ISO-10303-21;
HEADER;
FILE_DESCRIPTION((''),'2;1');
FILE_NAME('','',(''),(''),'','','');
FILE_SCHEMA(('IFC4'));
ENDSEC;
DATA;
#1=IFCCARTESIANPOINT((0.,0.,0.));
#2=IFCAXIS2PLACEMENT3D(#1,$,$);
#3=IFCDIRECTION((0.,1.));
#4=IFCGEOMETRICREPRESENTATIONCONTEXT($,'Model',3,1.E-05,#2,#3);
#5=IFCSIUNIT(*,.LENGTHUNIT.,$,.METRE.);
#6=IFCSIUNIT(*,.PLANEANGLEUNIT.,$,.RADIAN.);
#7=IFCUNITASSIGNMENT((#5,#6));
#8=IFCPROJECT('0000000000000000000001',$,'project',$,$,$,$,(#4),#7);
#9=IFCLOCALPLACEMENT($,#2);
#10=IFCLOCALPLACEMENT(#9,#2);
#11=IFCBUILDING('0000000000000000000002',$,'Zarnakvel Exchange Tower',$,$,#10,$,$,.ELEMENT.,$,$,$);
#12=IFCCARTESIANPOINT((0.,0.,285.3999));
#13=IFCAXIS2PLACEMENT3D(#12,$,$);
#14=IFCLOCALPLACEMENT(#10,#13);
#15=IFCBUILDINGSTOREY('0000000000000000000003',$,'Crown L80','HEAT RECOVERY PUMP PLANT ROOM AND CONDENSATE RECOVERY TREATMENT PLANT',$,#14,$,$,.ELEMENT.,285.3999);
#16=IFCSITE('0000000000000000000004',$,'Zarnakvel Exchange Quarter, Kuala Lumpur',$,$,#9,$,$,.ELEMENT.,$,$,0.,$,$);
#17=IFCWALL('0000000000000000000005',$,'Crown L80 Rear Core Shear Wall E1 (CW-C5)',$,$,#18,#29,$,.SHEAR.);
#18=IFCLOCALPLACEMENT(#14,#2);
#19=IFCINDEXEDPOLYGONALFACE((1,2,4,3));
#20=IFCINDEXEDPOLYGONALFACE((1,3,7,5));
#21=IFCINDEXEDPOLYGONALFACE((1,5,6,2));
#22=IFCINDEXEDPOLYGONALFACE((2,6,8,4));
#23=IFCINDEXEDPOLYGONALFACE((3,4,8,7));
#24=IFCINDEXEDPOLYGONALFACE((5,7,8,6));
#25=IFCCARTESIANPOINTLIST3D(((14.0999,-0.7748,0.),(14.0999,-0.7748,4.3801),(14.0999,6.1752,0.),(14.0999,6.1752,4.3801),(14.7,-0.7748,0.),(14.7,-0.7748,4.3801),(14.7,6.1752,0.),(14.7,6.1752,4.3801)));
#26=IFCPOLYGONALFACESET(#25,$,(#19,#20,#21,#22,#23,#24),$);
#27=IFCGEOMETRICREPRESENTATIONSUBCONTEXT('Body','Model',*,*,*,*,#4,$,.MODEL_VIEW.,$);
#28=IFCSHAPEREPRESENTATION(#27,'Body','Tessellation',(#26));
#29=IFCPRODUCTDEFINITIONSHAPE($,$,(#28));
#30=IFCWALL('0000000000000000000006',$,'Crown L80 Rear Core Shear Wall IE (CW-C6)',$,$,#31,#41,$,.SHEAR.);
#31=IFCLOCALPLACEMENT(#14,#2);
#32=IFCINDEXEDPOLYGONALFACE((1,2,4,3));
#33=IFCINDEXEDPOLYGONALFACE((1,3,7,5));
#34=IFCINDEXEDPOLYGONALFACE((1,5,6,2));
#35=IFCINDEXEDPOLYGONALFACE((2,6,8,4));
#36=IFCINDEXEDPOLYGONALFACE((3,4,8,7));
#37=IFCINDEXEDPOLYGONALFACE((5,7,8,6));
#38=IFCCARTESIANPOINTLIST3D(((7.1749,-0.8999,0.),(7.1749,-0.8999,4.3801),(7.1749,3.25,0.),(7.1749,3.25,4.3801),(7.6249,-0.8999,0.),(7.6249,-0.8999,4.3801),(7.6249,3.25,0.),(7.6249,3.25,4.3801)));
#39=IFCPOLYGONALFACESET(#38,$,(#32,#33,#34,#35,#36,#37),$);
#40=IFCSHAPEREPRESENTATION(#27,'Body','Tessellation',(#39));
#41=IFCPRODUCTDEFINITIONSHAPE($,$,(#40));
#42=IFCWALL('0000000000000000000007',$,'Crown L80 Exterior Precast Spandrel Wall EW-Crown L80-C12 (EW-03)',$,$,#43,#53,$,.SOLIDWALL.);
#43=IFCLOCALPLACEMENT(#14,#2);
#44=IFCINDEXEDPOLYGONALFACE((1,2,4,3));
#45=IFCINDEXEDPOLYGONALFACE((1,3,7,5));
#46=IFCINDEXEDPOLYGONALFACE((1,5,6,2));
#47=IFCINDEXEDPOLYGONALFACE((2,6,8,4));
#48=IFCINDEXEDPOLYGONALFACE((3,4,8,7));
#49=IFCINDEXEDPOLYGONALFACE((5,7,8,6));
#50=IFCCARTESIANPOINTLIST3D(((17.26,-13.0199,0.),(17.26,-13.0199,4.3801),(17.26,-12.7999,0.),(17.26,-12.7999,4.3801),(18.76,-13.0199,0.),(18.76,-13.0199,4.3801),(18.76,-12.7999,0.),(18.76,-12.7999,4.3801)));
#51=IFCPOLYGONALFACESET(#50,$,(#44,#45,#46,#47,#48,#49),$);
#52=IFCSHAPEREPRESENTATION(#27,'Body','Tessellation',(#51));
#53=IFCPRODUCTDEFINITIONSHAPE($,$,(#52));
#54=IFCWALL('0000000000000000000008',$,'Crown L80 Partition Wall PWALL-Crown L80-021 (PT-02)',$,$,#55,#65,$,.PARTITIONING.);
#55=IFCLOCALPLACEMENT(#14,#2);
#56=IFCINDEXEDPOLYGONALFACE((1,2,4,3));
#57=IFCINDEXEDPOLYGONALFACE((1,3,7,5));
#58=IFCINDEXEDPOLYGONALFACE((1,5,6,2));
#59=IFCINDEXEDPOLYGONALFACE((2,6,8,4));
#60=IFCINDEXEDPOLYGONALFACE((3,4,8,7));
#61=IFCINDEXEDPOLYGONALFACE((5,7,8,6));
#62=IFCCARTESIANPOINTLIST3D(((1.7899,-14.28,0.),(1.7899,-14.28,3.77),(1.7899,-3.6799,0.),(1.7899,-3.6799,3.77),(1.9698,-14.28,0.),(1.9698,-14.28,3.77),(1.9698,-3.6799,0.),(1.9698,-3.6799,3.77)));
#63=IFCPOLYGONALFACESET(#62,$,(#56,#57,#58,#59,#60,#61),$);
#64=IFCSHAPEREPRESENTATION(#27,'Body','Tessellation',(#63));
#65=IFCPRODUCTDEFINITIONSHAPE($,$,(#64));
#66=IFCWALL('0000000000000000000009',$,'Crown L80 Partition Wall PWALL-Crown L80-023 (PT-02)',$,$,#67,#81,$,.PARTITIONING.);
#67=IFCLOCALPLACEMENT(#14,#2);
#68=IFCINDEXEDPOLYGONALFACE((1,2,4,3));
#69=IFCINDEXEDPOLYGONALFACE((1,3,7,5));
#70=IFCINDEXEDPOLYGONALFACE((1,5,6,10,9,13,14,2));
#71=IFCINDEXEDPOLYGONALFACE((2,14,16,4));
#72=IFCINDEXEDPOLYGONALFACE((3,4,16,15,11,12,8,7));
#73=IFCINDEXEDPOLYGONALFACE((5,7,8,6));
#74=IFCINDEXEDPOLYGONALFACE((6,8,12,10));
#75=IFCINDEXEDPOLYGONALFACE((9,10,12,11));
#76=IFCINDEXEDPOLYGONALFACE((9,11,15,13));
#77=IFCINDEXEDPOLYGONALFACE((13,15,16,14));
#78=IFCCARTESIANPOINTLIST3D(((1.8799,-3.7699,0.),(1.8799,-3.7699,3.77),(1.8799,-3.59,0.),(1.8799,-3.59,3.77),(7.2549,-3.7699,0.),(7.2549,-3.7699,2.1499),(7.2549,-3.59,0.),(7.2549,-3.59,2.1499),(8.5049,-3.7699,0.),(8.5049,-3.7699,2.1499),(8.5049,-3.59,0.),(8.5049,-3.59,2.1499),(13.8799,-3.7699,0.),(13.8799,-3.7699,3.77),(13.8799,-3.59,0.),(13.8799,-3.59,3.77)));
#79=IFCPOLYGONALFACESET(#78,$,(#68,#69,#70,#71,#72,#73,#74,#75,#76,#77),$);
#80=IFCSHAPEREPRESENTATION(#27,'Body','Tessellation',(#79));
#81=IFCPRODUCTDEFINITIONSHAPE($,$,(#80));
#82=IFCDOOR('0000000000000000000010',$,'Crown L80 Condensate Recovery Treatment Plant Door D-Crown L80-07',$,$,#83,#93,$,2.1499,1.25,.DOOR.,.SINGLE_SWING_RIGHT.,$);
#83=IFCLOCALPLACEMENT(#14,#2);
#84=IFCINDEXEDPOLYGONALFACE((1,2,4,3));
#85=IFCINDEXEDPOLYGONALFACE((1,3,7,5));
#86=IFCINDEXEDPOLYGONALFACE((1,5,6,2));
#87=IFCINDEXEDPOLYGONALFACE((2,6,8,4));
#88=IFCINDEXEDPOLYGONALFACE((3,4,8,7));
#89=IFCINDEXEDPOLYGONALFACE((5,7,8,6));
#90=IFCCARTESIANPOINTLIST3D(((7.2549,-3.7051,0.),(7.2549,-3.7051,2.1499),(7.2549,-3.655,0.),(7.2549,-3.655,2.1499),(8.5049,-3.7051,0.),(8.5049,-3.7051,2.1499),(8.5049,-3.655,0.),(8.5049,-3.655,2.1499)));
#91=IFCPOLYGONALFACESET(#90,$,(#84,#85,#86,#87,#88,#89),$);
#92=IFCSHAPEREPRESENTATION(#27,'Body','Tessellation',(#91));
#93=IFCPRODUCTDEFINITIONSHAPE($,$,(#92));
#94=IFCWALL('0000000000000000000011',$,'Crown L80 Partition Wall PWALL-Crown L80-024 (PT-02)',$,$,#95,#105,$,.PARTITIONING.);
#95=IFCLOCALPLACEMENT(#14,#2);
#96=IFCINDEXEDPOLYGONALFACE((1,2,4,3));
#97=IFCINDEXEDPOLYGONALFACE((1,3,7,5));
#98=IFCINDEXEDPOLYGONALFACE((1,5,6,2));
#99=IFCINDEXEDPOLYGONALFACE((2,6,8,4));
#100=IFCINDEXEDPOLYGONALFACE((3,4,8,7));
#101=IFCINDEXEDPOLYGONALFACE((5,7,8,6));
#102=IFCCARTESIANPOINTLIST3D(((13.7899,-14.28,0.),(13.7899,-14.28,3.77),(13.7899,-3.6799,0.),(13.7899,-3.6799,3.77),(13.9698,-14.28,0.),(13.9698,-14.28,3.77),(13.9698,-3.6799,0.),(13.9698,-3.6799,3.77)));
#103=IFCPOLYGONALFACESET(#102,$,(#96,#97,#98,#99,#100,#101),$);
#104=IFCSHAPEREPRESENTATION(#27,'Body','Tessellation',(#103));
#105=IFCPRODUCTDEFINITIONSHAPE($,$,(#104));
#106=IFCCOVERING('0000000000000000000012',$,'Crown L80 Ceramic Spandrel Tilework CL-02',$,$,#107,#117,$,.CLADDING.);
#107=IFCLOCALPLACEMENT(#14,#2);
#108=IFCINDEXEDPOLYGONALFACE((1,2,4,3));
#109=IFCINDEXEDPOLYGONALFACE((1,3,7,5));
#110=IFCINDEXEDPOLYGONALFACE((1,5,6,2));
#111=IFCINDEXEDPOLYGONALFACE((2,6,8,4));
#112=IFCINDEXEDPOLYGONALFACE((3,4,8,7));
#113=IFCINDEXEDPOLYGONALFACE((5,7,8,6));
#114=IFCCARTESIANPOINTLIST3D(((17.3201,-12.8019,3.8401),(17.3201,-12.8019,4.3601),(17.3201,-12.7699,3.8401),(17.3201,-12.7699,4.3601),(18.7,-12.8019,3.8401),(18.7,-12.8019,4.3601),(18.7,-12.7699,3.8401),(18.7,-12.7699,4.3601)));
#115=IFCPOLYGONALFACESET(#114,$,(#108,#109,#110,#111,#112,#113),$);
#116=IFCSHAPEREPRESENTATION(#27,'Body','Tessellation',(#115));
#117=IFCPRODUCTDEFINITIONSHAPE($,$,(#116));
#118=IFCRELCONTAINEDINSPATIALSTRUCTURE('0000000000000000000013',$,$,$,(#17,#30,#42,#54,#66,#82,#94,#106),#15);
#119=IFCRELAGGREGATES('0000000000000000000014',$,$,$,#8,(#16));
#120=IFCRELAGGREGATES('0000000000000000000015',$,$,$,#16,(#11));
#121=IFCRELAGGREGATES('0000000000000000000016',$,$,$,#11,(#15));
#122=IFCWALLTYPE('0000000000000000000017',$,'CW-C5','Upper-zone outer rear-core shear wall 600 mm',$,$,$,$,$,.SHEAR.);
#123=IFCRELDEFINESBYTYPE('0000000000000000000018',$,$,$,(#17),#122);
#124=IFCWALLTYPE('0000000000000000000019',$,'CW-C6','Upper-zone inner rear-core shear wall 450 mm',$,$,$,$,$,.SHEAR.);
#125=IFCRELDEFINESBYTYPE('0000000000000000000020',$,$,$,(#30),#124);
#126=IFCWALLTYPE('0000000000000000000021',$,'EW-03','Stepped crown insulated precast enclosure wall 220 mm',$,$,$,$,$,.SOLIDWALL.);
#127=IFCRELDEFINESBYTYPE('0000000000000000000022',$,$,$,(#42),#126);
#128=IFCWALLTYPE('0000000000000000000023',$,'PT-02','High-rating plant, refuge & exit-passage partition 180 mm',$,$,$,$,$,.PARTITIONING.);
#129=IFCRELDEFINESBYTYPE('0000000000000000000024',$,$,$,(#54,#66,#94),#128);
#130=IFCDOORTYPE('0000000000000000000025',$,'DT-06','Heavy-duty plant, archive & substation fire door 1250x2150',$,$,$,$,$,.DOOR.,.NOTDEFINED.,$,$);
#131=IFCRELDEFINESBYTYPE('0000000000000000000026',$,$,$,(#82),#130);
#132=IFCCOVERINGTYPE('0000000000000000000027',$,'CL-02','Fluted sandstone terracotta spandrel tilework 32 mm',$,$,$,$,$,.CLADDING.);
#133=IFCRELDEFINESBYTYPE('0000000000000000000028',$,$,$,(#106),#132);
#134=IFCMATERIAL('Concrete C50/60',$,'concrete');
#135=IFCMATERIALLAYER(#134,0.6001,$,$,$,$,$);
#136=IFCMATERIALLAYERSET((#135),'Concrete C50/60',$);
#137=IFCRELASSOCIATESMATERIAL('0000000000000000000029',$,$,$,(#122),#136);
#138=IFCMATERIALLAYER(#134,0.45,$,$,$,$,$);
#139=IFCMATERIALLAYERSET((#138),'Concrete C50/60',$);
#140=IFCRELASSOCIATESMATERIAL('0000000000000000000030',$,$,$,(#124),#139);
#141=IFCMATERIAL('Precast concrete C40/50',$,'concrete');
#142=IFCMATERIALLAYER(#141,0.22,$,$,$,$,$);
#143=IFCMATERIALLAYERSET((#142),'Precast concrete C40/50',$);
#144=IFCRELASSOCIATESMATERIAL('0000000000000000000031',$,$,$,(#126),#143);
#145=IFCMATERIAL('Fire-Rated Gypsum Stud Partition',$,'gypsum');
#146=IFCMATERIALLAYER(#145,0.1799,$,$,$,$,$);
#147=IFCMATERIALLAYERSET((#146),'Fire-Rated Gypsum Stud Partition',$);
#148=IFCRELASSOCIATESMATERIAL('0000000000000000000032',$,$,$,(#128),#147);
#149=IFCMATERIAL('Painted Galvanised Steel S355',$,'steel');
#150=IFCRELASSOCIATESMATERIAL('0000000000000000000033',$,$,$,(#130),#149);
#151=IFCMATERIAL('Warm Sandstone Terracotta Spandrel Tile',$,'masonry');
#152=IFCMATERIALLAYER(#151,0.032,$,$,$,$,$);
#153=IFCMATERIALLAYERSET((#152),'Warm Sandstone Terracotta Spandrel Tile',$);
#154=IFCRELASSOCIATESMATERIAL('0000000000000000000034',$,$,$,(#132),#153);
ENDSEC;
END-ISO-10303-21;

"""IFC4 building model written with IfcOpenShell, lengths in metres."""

from ifc_helpers import new_model, si_unit, direction, frame, frame_2d, origin, origin_2d, place, context, subcontext, project, spatial, rectangle, extrude, source, transform, mapped, material, layer, layer_set, type_object, element, fill, save


model = new_model("IFC4")

# Units and contexts
model_context = context("Model", 3, precision=1e-05, world=origin(), true_north=direction((0.0, 1.0)))
body_context = subcontext(model_context, "Body", "Model", "MODEL_VIEW")
ifc_project = project(units=[si_unit("LENGTHUNIT", "METRE"), si_unit("PLANEANGLEUNIT", "RADIAN")], contexts=[model_context])

# Site, building, storey
site_placement = place(None, origin())
site = spatial("IfcSite", under=ifc_project, at=site_placement, Name="Zarnakvel Exchange Quarter, Kuala Lumpur", CompositionType="ELEMENT", RefElevation=0.0)
building_placement = place(site_placement, origin())
building = spatial("IfcBuilding", under=site, at=building_placement, Name="Zarnakvel Exchange Tower", CompositionType="ELEMENT")
storey_placement = place(building_placement, frame((0.0, 0.0, 285.3999)))
storey = spatial("IfcBuildingStorey", under=building, at=storey_placement, Name="Crown L80", Description="HEAT RECOVERY PUMP PLANT ROOM AND CONDENSATE RECOVERY TREATMENT PLANT", CompositionType="ELEMENT", Elevation=285.3999)

# Shared definitions
ifc_material_1 = material(Name="Concrete C50/60", Category="concrete")

# Wall
ifc_layer_1 = layer(ifc_material_1, 0.6001)
ifc_layer_set_1 = layer_set([ifc_layer_1], Name="Concrete C50/60")
wall_type_1 = type_object("IfcWallType", Name="CW-C5", Description="Upper-zone outer rear-core shear wall 600 mm", PredefinedType="SHEAR", material=ifc_layer_set_1)
wall_1_placement = place(storey_placement, frame((14.3999, -0.7749, 0.0), z_axis=(0.0, 0.0, 1.0), x_axis=(0.0, 1.0, 0.0)))
element("IfcWall", 1, at=wall_1_placement, inside=storey, type_object=wall_type_1, Name="Crown L80 Rear Core Shear Wall E1 (CW-C5)", PredefinedType="SHEAR", context=body_context, shape_type="SweptSolid", body=[
    extrude(rectangle(XDim=6.95, YDim=0.6001, at=frame_2d((3.4751, 0.0))), origin(), (0.0, 0.0, 1.0), 4.3801),
])

# Shared definitions
ifc_material_2 = material(Name="Painted Galvanised Steel S355", Category="steel")

# Walls
ifc_layer_2 = layer(ifc_material_1, 0.45)
ifc_layer_set_2 = layer_set([ifc_layer_2], Name="Concrete C50/60")
wall_type_2 = type_object("IfcWallType", Name="CW-C6", Description="Upper-zone inner rear-core shear wall 450 mm", PredefinedType="SHEAR", material=ifc_layer_set_2)
wall_2_placement = place(storey_placement, frame((7.3999, -0.8999, 0.0), z_axis=(0.0, 0.0, 1.0), x_axis=(0.0, 1.0, 0.0)))
element("IfcWall", 2, at=wall_2_placement, inside=storey, type_object=wall_type_2, Name="Crown L80 Rear Core Shear Wall IE (CW-C6)", PredefinedType="SHEAR", context=body_context, shape_type="SweptSolid", body=[
    extrude(rectangle(XDim=4.1499, YDim=0.45, at=frame_2d((2.075, 0.0))), origin(), (0.0, 0.0, 1.0), 4.3801),
])
ifc_material_3 = material(Name="Precast concrete C40/50", Category="concrete")
ifc_layer_3 = layer(ifc_material_3, 0.22)
ifc_layer_set_3 = layer_set([ifc_layer_3], Name="Precast concrete C40/50")
wall_type_3 = type_object("IfcWallType", Name="EW-03", Description="Stepped crown insulated precast enclosure wall 220 mm", PredefinedType="SOLIDWALL", material=ifc_layer_set_3)
wall_3_placement = place(storey_placement, frame((17.26, -12.9099, 0.0), z_axis=(0.0, 0.0, 1.0), x_axis=(1.0, 0.0, 0.0)))
element("IfcWall", 3, at=wall_3_placement, inside=storey, type_object=wall_type_3, Name="Crown L80 Exterior Precast Spandrel Wall EW-Crown L80-C12 (EW-03)", PredefinedType="SOLIDWALL", context=body_context, shape_type="SweptSolid", body=[
    extrude(rectangle(XDim=1.5, YDim=0.22, at=frame_2d((0.75, 0.0))), origin(), (0.0, 0.0, 1.0), 4.3801),
])
ifc_material_4 = material(Name="Fire-Rated Gypsum Stud Partition", Category="gypsum")
ifc_layer_4 = layer(ifc_material_4, 0.1799)
ifc_layer_set_4 = layer_set([ifc_layer_4], Name="Fire-Rated Gypsum Stud Partition")
wall_type_4 = type_object("IfcWallType", Name="PT-02", Description="High-rating plant, refuge & exit-passage partition 180 mm", PredefinedType="PARTITIONING", material=ifc_layer_set_4)
wall_4_placement = place(storey_placement, frame((1.8799, -3.6799, 0.0), z_axis=(0.0, 0.0, 1.0), x_axis=(0.0, -1.0, 0.0)))
element("IfcWall", 4, at=wall_4_placement, inside=storey, type_object=wall_type_4, Name="Crown L80 Partition Wall PWALL-Crown L80-021 (PT-02)", PredefinedType="PARTITIONING", context=body_context, shape_type="SweptSolid", body=[
    extrude(rectangle(XDim=10.6001, YDim=0.1799, at=frame_2d((5.3, 0.0))), origin(), (0.0, 0.0, 1.0), 3.77),
])

# Wall, opening, door
wall_5_placement = place(storey_placement, frame((1.8799, -3.6799, 0.0), z_axis=(0.0, 0.0, 1.0), x_axis=(1.0, 0.0, 0.0)))
wall_5 = element("IfcWall", 5, at=wall_5_placement, inside=storey, type_object=wall_type_4, Name="Crown L80 Partition Wall PWALL-Crown L80-023 (PT-02)", PredefinedType="PARTITIONING", context=body_context, shape_type="SweptSolid", body=[
    extrude(rectangle(XDim=12.0, YDim=0.1799, at=frame_2d((6.0, 0.0))), origin(), (0.0, 0.0, 1.0), 3.77),
])
opening_1_placement = place(wall_5_placement, frame((5.375, 0.0, 0.0)))
opening_1 = element("IfcOpeningElement", 6, at=opening_1_placement, cuts=wall_5, PredefinedType="OPENING", context=body_context, shape_type="SweptSolid", body=[
    extrude(rectangle(XDim=1.25, YDim=2.1499, at=frame_2d((0.625, 1.075))), frame((0.0, 0.0999, 0.0), z_axis=(0.0, -1.0, 0.0), x_axis=(1.0, 0.0, 0.0)), (0.0, 0.0, 1.0), 0.2),
])
door_type_1 = type_object("IfcDoorType", Name="DT-06", Description="Heavy-duty plant, archive & substation fire door 1250x2150", OperationType="NOTDEFINED", PredefinedType="DOOR", material=ifc_material_2)
shared_shape_1 = source(origin(), body_context, "Body", "SweptSolid", [
    extrude(rectangle(XDim=1.25, YDim=2.1499, at=frame_2d((0.625, 1.075))), frame((0.0, 0.0249, 0.0), z_axis=(0.0, -1.0, 0.0), x_axis=(1.0, 0.0, 0.0)), (0.0, 0.0, 1.0), 0.05),
])
door_1_placement = place(opening_1_placement, origin())
door_1 = element("IfcDoor", 7, at=door_1_placement, inside=storey, type_object=door_type_1, Name="Crown L80 Condensate Recovery Treatment Plant Door D-Crown L80-07", OperationType="SINGLE_SWING_RIGHT", OverallHeight=2.1499, OverallWidth=1.25, PredefinedType="DOOR", context=body_context, shape_type="MappedRepresentation", body=[
    mapped(shared_shape_1, transform((0.0, 0.0, 0.0), x_axis=(1.0, 0.0, 0.0), y_axis=(0.0, 1.0, 0.0), z_axis=(0.0, 0.0, 1.0), scale=1.0)),
])
fill(opening_1, door_1)

# Wall
wall_6_placement = place(storey_placement, frame((13.8799, -3.6799, 0.0), z_axis=(0.0, 0.0, 1.0), x_axis=(0.0, -1.0, 0.0)))
element("IfcWall", 8, at=wall_6_placement, inside=storey, type_object=wall_type_4, Name="Crown L80 Partition Wall PWALL-Crown L80-024 (PT-02)", PredefinedType="PARTITIONING", context=body_context, shape_type="SweptSolid", body=[
    extrude(rectangle(XDim=10.6001, YDim=0.1799, at=frame_2d((5.3, 0.0))), origin(), (0.0, 0.0, 1.0), 3.77),
])

# Covering
ifc_material_5 = material(Name="Warm Sandstone Terracotta Spandrel Tile", Category="masonry")
ifc_layer_5 = layer(ifc_material_5, 0.032)
ifc_layer_set_5 = layer_set([ifc_layer_5], Name="Warm Sandstone Terracotta Spandrel Tile")
covering_type = type_object("IfcCoveringType", Name="CL-02", Description="Fluted sandstone terracotta spandrel tilework 32 mm", PredefinedType="CLADDING", material=ifc_layer_set_5)
shared_shape_2 = source(origin(), body_context, "Body", "SweptSolid", [
    extrude(rectangle(XDim=1.3799, YDim=0.032, at=origin_2d()), origin(), (0.0, 0.0, 1.0), 0.52),
])
covering_placement = place(storey_placement, frame((18.01, -12.7859, 3.8401), z_axis=(0.0, 0.0, 1.0), x_axis=(1.0, 0.0, 0.0)))
element("IfcCovering", 9, at=covering_placement, inside=storey, type_object=covering_type, Name="Crown L80 Ceramic Spandrel Tilework CL-02", PredefinedType="CLADDING", context=body_context, shape_type="MappedRepresentation", body=[
    mapped(shared_shape_2, transform((0.0, 0.0, 0.0), x_axis=(1.0, 0.0, 0.0), y_axis=(0.0, 1.0, 0.0), z_axis=(0.0, 0.0, 1.0), scale=1.0)),
])

save(model, "model.ifc")
